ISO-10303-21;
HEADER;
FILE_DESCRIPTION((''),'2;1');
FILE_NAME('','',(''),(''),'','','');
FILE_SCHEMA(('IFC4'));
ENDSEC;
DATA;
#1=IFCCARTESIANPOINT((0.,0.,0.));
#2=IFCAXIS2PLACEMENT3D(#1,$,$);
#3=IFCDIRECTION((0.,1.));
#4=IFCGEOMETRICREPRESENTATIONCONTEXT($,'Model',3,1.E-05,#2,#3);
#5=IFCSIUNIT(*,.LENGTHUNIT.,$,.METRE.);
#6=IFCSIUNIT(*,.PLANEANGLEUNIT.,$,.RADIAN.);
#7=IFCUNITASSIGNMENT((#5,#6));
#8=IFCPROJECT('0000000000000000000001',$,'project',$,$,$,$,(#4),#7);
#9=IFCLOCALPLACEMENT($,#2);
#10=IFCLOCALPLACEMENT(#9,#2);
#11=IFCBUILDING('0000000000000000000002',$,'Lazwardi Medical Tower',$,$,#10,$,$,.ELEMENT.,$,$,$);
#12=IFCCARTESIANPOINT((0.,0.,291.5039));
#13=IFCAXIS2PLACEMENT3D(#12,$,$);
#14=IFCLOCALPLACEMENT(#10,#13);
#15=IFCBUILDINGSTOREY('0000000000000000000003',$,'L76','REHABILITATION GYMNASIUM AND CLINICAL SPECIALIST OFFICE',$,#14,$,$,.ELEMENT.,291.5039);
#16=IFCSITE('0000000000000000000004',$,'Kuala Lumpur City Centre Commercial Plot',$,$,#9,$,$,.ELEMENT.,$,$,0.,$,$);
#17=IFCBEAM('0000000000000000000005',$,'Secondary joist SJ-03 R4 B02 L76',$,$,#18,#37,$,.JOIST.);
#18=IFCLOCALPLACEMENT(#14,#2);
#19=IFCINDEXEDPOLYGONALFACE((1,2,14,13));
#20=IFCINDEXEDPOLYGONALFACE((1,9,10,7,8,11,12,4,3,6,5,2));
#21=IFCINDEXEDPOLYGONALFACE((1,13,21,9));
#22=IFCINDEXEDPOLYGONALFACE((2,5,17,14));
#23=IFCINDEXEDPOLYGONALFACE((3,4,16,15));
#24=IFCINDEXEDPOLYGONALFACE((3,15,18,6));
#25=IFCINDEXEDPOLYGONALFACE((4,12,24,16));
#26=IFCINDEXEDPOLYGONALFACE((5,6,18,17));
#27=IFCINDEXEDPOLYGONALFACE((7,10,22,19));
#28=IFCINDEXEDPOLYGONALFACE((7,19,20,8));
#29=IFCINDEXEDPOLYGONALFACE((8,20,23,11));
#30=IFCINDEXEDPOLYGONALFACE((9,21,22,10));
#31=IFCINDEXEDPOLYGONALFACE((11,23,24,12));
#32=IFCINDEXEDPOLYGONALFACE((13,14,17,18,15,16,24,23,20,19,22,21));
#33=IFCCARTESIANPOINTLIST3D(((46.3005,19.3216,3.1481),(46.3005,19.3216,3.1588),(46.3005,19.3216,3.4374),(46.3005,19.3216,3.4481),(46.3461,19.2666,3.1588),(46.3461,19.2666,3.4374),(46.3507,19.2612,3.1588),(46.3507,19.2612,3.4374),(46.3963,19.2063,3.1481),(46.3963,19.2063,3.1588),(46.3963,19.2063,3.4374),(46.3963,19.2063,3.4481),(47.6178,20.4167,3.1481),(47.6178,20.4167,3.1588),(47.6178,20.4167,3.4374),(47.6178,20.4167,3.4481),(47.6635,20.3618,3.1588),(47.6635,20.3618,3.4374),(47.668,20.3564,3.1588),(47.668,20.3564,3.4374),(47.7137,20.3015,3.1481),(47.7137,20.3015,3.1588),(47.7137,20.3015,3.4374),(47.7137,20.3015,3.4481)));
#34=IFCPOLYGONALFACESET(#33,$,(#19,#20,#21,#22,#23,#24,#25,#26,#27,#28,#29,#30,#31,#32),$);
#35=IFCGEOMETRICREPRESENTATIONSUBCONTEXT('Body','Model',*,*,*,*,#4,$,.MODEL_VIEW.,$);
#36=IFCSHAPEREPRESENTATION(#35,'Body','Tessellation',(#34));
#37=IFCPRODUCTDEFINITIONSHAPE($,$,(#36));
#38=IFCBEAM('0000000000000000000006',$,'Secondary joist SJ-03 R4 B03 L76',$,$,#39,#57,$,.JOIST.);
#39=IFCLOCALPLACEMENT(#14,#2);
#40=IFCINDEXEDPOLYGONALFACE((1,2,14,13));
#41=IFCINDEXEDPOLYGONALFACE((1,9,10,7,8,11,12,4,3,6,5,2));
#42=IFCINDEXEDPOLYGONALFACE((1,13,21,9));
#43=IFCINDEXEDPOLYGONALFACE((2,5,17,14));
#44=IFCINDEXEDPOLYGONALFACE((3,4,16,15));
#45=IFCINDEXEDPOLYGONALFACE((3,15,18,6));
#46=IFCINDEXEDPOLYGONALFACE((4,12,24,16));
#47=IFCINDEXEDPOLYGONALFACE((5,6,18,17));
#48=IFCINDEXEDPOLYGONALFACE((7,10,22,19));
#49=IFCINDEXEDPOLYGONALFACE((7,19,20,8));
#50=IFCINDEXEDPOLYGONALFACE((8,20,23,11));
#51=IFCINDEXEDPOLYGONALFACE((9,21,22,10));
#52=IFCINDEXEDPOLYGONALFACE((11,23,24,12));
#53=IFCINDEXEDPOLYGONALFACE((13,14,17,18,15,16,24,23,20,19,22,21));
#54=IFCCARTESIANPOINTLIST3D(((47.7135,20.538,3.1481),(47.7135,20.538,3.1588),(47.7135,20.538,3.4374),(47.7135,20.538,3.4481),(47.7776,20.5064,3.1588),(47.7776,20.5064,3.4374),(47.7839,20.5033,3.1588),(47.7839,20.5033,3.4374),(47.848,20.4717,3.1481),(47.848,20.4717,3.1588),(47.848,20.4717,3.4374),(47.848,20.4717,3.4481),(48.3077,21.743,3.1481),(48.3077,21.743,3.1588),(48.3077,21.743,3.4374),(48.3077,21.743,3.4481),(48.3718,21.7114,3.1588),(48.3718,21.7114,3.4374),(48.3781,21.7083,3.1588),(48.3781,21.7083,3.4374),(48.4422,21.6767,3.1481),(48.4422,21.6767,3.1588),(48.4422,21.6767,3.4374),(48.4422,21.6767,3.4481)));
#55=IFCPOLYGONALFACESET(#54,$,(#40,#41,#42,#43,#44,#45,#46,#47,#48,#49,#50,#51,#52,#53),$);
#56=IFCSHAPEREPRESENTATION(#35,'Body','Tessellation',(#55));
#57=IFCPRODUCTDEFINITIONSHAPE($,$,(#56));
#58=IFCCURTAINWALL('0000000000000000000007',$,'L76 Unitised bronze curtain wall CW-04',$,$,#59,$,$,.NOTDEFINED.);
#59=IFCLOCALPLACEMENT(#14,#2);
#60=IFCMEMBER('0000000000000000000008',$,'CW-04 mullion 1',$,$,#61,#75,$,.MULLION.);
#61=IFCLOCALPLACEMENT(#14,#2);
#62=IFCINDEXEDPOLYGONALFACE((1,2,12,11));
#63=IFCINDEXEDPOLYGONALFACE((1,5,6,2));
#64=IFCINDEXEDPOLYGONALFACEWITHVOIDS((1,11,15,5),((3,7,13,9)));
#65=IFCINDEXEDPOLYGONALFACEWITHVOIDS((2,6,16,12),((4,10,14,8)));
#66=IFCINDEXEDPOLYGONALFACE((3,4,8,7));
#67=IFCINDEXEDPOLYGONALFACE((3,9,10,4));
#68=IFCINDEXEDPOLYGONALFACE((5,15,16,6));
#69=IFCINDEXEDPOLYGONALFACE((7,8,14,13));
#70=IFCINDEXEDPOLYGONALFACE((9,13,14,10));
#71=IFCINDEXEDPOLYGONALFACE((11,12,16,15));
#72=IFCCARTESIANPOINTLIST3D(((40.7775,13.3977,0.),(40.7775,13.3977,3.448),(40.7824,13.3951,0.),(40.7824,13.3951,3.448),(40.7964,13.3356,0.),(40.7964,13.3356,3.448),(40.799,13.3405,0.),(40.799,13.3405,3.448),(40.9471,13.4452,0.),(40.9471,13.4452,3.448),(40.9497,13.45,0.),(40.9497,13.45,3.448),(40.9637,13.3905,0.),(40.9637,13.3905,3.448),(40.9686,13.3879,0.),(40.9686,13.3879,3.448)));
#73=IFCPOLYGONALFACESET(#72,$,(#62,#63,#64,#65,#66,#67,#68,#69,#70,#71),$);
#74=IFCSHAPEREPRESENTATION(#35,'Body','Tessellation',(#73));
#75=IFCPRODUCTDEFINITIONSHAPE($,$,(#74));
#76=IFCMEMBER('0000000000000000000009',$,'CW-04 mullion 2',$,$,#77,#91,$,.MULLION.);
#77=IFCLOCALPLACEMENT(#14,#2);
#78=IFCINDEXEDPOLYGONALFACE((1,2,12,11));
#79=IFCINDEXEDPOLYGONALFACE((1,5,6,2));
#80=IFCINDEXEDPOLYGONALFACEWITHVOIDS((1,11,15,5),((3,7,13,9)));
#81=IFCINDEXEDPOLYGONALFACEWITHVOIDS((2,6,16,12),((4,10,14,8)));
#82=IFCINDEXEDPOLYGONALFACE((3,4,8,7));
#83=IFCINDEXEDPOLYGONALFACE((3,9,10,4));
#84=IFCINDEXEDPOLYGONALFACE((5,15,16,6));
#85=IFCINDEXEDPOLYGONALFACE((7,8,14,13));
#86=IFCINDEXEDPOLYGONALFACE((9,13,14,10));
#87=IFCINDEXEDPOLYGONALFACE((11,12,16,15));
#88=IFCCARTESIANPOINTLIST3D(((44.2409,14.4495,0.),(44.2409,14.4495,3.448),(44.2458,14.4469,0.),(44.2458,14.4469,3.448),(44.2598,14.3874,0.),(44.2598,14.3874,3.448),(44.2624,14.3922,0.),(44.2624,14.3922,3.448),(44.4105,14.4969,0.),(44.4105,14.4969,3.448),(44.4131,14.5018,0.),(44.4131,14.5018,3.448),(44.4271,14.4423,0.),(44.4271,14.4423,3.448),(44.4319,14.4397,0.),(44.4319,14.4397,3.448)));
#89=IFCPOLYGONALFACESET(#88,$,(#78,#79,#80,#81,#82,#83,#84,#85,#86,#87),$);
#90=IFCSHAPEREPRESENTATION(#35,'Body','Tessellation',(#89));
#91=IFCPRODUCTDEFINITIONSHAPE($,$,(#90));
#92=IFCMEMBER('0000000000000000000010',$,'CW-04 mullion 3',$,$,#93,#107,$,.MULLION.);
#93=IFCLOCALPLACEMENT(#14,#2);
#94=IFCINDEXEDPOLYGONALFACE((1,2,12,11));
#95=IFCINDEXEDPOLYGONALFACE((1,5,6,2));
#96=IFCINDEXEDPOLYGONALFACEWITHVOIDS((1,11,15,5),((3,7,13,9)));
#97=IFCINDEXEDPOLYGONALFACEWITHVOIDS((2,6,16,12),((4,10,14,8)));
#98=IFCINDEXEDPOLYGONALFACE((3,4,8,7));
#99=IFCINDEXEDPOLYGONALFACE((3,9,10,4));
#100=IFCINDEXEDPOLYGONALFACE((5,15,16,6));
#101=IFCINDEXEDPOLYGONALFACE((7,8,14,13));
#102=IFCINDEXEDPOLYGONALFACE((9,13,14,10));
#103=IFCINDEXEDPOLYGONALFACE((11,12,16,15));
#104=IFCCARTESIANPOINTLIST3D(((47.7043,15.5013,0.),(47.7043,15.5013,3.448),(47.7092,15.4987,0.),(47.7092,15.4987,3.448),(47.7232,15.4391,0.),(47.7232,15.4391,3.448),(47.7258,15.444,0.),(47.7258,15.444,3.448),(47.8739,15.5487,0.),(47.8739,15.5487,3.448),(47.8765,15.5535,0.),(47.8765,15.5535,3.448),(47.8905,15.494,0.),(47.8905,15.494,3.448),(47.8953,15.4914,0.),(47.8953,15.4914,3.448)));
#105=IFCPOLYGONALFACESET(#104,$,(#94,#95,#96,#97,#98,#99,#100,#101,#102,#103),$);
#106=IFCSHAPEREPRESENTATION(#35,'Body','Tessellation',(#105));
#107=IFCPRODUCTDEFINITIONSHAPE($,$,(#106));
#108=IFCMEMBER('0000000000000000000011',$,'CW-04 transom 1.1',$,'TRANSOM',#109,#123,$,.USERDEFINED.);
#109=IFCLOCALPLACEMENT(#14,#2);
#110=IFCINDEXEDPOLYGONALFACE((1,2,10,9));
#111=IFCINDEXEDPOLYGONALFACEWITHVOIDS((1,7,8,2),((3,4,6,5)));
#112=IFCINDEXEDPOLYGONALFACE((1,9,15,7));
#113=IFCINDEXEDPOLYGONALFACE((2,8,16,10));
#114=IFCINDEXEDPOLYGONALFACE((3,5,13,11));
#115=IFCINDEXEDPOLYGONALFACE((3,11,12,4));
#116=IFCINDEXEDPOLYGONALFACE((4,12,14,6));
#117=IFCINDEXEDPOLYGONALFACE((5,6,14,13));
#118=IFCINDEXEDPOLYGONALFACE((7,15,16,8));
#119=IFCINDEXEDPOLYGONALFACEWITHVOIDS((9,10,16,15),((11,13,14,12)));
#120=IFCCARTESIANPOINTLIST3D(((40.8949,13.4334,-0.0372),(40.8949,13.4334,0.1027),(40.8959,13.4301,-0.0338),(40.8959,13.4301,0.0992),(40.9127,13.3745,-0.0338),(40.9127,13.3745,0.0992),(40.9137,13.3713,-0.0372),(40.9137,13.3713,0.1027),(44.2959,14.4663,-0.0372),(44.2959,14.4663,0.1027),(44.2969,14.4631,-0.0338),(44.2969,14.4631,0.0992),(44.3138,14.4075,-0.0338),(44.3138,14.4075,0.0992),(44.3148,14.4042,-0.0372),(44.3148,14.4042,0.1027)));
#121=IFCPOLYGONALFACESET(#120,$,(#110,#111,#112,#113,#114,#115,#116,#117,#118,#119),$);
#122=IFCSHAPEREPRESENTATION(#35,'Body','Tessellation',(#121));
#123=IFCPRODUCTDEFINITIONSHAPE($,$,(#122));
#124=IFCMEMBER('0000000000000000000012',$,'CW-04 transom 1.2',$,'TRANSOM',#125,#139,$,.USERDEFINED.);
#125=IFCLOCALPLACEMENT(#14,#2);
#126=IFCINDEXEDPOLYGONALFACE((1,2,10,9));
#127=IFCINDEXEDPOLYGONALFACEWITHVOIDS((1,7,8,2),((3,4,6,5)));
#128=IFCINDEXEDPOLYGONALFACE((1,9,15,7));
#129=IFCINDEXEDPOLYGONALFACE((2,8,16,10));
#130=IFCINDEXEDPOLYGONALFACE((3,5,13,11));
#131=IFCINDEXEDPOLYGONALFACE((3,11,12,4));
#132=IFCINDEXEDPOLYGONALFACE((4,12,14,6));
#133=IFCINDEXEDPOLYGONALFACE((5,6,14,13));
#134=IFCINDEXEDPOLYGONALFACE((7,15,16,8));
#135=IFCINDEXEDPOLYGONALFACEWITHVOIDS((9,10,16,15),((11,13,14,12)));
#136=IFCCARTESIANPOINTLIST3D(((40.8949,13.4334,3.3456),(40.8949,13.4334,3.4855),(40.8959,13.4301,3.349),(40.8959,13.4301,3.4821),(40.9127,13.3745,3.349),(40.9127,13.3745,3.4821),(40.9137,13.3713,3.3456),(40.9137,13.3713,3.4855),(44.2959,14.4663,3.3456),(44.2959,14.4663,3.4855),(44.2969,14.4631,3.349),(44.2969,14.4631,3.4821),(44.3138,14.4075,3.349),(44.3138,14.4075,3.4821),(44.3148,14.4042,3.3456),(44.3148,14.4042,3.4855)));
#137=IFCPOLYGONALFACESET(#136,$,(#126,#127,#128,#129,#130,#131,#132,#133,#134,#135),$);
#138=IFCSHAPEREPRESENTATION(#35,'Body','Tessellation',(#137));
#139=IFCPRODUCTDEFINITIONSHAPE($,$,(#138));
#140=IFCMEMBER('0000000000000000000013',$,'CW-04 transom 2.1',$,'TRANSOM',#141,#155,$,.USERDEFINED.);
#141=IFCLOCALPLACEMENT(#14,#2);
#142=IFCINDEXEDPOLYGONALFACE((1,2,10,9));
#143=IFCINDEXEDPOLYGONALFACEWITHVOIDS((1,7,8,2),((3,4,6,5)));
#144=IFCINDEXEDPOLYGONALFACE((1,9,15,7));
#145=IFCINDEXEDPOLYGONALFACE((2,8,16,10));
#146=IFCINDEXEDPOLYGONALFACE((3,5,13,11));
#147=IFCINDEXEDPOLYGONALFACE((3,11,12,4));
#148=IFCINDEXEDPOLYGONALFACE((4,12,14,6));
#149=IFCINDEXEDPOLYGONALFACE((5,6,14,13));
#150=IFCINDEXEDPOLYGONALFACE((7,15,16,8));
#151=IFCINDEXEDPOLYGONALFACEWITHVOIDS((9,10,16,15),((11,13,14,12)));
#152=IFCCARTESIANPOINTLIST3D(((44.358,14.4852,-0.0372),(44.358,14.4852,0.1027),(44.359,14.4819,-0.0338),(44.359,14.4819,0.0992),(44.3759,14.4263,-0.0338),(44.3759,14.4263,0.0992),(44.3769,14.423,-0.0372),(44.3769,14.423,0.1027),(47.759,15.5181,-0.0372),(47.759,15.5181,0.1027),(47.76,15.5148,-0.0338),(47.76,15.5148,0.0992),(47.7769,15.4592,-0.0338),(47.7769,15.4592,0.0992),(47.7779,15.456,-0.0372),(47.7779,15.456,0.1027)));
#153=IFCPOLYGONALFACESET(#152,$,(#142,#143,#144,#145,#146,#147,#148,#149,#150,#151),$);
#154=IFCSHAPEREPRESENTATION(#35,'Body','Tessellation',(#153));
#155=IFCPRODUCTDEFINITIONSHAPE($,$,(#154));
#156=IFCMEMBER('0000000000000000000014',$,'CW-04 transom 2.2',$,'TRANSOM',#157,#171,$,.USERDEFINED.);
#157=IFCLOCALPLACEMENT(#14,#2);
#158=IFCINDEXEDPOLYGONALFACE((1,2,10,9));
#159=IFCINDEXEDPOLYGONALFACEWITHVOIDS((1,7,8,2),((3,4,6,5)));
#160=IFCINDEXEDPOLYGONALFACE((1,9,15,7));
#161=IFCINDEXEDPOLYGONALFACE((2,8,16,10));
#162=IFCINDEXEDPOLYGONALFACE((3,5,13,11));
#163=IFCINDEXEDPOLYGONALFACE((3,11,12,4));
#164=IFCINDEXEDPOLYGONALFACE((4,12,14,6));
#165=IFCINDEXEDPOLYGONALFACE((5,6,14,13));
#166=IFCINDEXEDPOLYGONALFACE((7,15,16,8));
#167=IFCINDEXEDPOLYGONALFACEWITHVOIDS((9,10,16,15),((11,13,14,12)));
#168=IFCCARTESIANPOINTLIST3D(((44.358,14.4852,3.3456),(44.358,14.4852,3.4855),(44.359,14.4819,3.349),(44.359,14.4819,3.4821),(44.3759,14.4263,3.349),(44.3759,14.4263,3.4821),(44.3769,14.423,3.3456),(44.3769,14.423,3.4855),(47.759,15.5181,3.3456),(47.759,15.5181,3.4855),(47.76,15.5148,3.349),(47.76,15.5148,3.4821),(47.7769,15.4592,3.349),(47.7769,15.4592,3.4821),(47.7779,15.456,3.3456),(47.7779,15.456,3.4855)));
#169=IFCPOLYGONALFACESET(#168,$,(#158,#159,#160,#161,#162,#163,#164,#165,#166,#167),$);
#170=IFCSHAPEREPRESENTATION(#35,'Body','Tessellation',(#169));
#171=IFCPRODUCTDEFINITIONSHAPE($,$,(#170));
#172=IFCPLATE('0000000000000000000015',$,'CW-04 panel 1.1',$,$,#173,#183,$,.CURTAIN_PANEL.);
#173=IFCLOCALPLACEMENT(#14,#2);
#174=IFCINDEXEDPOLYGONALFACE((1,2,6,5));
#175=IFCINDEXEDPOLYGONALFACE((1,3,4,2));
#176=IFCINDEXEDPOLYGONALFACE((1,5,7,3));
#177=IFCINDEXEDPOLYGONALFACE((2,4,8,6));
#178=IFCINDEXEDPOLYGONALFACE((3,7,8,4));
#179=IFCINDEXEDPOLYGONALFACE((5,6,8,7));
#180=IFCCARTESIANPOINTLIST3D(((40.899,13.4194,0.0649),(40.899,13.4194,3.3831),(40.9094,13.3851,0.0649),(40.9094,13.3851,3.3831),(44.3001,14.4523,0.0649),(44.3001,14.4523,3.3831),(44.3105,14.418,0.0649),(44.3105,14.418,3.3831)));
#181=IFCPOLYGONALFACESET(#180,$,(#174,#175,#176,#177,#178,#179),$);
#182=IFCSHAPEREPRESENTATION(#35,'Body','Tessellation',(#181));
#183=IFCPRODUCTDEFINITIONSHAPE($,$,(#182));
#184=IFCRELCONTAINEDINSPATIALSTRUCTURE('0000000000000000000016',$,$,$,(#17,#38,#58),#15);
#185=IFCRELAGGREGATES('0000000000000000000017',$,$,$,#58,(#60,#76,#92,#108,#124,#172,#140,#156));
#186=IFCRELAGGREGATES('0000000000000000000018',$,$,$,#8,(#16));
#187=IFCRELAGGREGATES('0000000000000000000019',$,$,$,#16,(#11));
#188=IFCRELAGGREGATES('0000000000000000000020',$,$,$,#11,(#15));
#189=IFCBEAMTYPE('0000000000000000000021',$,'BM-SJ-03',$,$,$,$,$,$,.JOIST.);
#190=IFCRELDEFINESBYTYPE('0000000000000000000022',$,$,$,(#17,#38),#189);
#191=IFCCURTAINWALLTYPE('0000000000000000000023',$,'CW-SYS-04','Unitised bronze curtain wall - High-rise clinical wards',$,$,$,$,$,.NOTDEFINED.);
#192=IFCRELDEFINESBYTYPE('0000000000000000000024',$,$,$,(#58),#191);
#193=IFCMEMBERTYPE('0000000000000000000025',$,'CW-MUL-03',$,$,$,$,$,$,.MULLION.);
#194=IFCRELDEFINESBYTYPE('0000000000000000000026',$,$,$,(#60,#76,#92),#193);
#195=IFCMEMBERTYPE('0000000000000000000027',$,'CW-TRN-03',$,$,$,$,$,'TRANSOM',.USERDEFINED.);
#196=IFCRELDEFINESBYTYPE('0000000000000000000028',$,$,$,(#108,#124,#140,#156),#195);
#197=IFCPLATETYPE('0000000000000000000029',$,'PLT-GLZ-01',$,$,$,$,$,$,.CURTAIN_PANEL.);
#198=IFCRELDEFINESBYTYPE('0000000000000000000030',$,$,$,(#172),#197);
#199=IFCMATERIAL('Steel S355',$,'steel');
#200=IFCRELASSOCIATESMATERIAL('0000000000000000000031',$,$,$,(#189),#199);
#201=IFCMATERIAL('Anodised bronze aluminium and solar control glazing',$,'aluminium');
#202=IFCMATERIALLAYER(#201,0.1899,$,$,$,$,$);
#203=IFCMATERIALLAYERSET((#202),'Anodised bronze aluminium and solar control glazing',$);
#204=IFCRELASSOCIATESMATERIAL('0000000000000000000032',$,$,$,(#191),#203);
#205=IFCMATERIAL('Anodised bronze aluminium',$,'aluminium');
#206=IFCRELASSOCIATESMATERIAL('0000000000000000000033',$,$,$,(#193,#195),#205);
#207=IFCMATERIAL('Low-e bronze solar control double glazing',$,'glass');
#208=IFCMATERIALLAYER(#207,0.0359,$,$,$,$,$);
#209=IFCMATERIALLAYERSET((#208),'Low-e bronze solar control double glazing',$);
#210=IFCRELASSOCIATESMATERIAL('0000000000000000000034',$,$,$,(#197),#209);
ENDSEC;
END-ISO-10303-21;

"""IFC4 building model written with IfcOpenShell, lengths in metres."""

from ifc_helpers import new_model, si_unit, direction, frame, origin, origin_2d, place, context, subcontext, project, spatial, rectangle, hollow_rectangle, i_section, extrude, material, layer, layer_set, material_profile, profile_set, type_object, element, aggregate, save


model = new_model("IFC4")

# Units and contexts
model_context = context("Model", 3, precision=1e-05, world=origin(), true_north=direction((0.0, 1.0)))
body_context = subcontext(model_context, "Body", "Model", "MODEL_VIEW")
ifc_project = project(units=[si_unit("LENGTHUNIT", "METRE"), si_unit("PLANEANGLEUNIT", "RADIAN")], contexts=[model_context])

# Site, building, storey
site_placement = place(None, origin())
site = spatial("IfcSite", under=ifc_project, at=site_placement, Name="Kuala Lumpur City Centre Commercial Plot", CompositionType="ELEMENT", RefElevation=0.0)
building_placement = place(site_placement, origin())
building = spatial("IfcBuilding", under=site, at=building_placement, Name="Lazwardi Medical Tower", CompositionType="ELEMENT")
storey_placement = place(building_placement, frame((0.0, 0.0, 291.5039)))
storey = spatial("IfcBuildingStorey", under=building, at=storey_placement, Name="L76", Description="REHABILITATION GYMNASIUM AND CLINICAL SPECIALIST OFFICE", CompositionType="ELEMENT", Elevation=291.5039)

# Beams
ifc_material_1 = material(Name="Steel S355", Category="steel")
ifc_material_profile_1 = material_profile(ifc_material_1, i_section(OverallWidth=0.1499, OverallDepth=0.3, WebThickness=0.0071, FlangeThickness=0.0107, at=origin_2d()), Name="IPE 300")
ifc_profile_set_1 = profile_set([ifc_material_profile_1], Name="Steel S355")
beam_type_1 = type_object("IfcBeamType", Name="BM-SJ-03", PredefinedType="JOIST", material=ifc_profile_set_1)
beam_1_placement = place(storey_placement, frame((46.3484, 19.2639, 3.2981), z_axis=(0.768968, 0.639287, 0.0), x_axis=(-0.639287, 0.768968, 0.0)))
element("IfcBeam", 1, at=beam_1_placement, inside=storey, type_object=beam_type_1, Name="Secondary joist SJ-03 R4 B02 L76", PredefinedType="JOIST", context=body_context, shape_type="SweptSolid", body=[
    extrude(i_section(OverallWidth=0.1499, OverallDepth=0.3, WebThickness=0.0071, FlangeThickness=0.0107, at=origin_2d()), origin(), (0.0, 0.0, 1.0), 1.7131),
])
beam_2_placement = place(storey_placement, frame((47.7808, 20.5049, 3.2981), z_axis=(0.442264, 0.896885, 0.0), x_axis=(-0.896885, 0.442264, 0.0)))
element("IfcBeam", 2, at=beam_2_placement, inside=storey, type_object=beam_type_1, Name="Secondary joist SJ-03 R4 B03 L76", PredefinedType="JOIST", context=body_context, shape_type="SweptSolid", body=[
    extrude(i_section(OverallWidth=0.1499, OverallDepth=0.3, WebThickness=0.0071, FlangeThickness=0.0107, at=origin_2d()), origin(), (0.0, 0.0, 1.0), 1.3435),
])

# Curtain wall, members, plate
ifc_material_2 = material(Name="Anodised bronze aluminium and solar control glazing", Category="aluminium")
ifc_layer_1 = layer(ifc_material_2, 0.1899)
ifc_layer_set_1 = layer_set([ifc_layer_1], Name="Anodised bronze aluminium and solar control glazing")
curtain_wall_type = type_object("IfcCurtainWallType", Name="CW-SYS-04", Description="Unitised bronze curtain wall - High-rise clinical wards", PredefinedType="NOTDEFINED", material=ifc_layer_set_1)
curtain_wall_placement = place(storey_placement, origin())
curtain_wall = element("IfcCurtainWall", 3, at=curtain_wall_placement, inside=storey, type_object=curtain_wall_type, Name="L76 Unitised bronze curtain wall CW-04", PredefinedType="NOTDEFINED")
ifc_material_3 = material(Name="Anodised bronze aluminium", Category="aluminium")
ifc_material_profile_2 = material_profile(ifc_material_3, hollow_rectangle(XDim=0.0649, YDim=0.1799, WallThickness=0.0039, at=origin_2d()), Name="ALU-MULLION 180x65x4")
ifc_profile_set_2 = profile_set([ifc_material_profile_2], Name="Anodised bronze aluminium")
member_type_1 = type_object("IfcMemberType", Name="CW-MUL-03", PredefinedType="MULLION", material=ifc_profile_set_2)
member_1_placement = place(storey_placement, frame((40.873, 13.3928, 0.0), z_axis=(0.0, 0.0, 1.0), x_axis=(-0.290582, 0.95685, 0.0)))
member_1 = element("IfcMember", 4, at=member_1_placement, type_object=member_type_1, Name="CW-04 mullion 1", PredefinedType="MULLION", context=body_context, shape_type="SweptSolid", body=[
    extrude(hollow_rectangle(XDim=0.0649, YDim=0.1799, WallThickness=0.0039, at=origin_2d()), origin(), (0.0, 0.0, 1.0), 3.448),
])
member_2_placement = place(storey_placement, frame((44.3364, 14.4446, 0.0), z_axis=(0.0, 0.0, 1.0), x_axis=(-0.290582, 0.95685, 0.0)))
member_2 = element("IfcMember", 5, at=member_2_placement, type_object=member_type_1, Name="CW-04 mullion 2", PredefinedType="MULLION", context=body_context, shape_type="SweptSolid", body=[
    extrude(hollow_rectangle(XDim=0.0649, YDim=0.1799, WallThickness=0.0039, at=origin_2d()), origin(), (0.0, 0.0, 1.0), 3.448),
])
member_3_placement = place(storey_placement, frame((47.7998, 15.4963, 0.0), z_axis=(0.0, 0.0, 1.0), x_axis=(-0.290582, 0.95685, 0.0)))
member_3 = element("IfcMember", 6, at=member_3_placement, type_object=member_type_1, Name="CW-04 mullion 3", PredefinedType="MULLION", context=body_context, shape_type="SweptSolid", body=[
    extrude(hollow_rectangle(XDim=0.0649, YDim=0.1799, WallThickness=0.0039, at=origin_2d()), origin(), (0.0, 0.0, 1.0), 3.448),
])
ifc_material_profile_3 = material_profile(ifc_material_3, hollow_rectangle(XDim=0.0649, YDim=0.1399, WallThickness=0.0034, at=origin_2d()), Name="ALU-TRANSOM 140x65x3.5")
ifc_profile_set_3 = profile_set([ifc_material_profile_3], Name="Anodised bronze aluminium")
member_type_2 = type_object("IfcMemberType", Name="CW-TRN-03", ElementType="TRANSOM", PredefinedType="USERDEFINED", material=ifc_profile_set_3)
member_4_placement = place(storey_placement, frame((40.9043, 13.4023, 0.0327), z_axis=(0.956843, 0.290604, 0.0), x_axis=(-0.290604, 0.956843, 0.0)))
member_4 = element("IfcMember", 7, at=member_4_placement, type_object=member_type_2, Name="CW-04 transom 1.1", ObjectType="TRANSOM", PredefinedType="USERDEFINED", context=body_context, shape_type="SweptSolid", body=[
    extrude(hollow_rectangle(XDim=0.0649, YDim=0.1399, WallThickness=0.0034, at=origin_2d()), origin(), (0.0, 0.0, 1.0), 3.5544),
])
member_5_placement = place(storey_placement, frame((40.9043, 13.4023, 3.4155), z_axis=(0.956843, 0.290604, 0.0), x_axis=(-0.290604, 0.956843, 0.0)))
member_5 = element("IfcMember", 8, at=member_5_placement, type_object=member_type_2, Name="CW-04 transom 1.2", ObjectType="TRANSOM", PredefinedType="USERDEFINED", context=body_context, shape_type="SweptSolid", body=[
    extrude(hollow_rectangle(XDim=0.0649, YDim=0.1399, WallThickness=0.0034, at=origin_2d()), origin(), (0.0, 0.0, 1.0), 3.5544),
])
member_6_placement = place(storey_placement, frame((44.3674, 14.4541, 0.0327), z_axis=(0.956843, 0.290604, 0.0), x_axis=(-0.290604, 0.956843, 0.0)))
member_6 = element("IfcMember", 9, at=member_6_placement, type_object=member_type_2, Name="CW-04 transom 2.1", ObjectType="TRANSOM", PredefinedType="USERDEFINED", context=body_context, shape_type="SweptSolid", body=[
    extrude(hollow_rectangle(XDim=0.0649, YDim=0.1399, WallThickness=0.0034, at=origin_2d()), origin(), (0.0, 0.0, 1.0), 3.5544),
])
member_7_placement = place(storey_placement, frame((44.3674, 14.4541, 3.4155), z_axis=(0.956843, 0.290604, 0.0), x_axis=(-0.290604, 0.956843, 0.0)))
member_7 = element("IfcMember", 10, at=member_7_placement, type_object=member_type_2, Name="CW-04 transom 2.2", ObjectType="TRANSOM", PredefinedType="USERDEFINED", context=body_context, shape_type="SweptSolid", body=[
    extrude(hollow_rectangle(XDim=0.0649, YDim=0.1399, WallThickness=0.0034, at=origin_2d()), origin(), (0.0, 0.0, 1.0), 3.5544),
])
ifc_material_4 = material(Name="Low-e bronze solar control double glazing", Category="glass")
ifc_layer_2 = layer(ifc_material_4, 0.0359)
ifc_layer_set_2 = layer_set([ifc_layer_2], Name="Low-e bronze solar control double glazing")
plate_type = type_object("IfcPlateType", Name="PLT-GLZ-01", PredefinedType="CURTAIN_PANEL", material=ifc_layer_set_2)
plate_1_placement = place(storey_placement, frame((42.6047, 13.9187, 0.0649), z_axis=(0.0, 0.0, 1.0), x_axis=(0.95685, 0.290582, 0.0)))
plate_1 = element("IfcPlate", 11, at=plate_1_placement, type_object=plate_type, Name="CW-04 panel 1.1", PredefinedType="CURTAIN_PANEL", context=body_context, shape_type="SweptSolid", body=[
    extrude(rectangle(XDim=3.5544, YDim=0.0359, at=origin_2d()), origin(), (0.0, 0.0, 1.0), 3.3181),
])
aggregate(curtain_wall, [member_1, member_2, member_3, member_4, member_5, plate_1, member_6, member_7])

save(model, "model.ifc")
